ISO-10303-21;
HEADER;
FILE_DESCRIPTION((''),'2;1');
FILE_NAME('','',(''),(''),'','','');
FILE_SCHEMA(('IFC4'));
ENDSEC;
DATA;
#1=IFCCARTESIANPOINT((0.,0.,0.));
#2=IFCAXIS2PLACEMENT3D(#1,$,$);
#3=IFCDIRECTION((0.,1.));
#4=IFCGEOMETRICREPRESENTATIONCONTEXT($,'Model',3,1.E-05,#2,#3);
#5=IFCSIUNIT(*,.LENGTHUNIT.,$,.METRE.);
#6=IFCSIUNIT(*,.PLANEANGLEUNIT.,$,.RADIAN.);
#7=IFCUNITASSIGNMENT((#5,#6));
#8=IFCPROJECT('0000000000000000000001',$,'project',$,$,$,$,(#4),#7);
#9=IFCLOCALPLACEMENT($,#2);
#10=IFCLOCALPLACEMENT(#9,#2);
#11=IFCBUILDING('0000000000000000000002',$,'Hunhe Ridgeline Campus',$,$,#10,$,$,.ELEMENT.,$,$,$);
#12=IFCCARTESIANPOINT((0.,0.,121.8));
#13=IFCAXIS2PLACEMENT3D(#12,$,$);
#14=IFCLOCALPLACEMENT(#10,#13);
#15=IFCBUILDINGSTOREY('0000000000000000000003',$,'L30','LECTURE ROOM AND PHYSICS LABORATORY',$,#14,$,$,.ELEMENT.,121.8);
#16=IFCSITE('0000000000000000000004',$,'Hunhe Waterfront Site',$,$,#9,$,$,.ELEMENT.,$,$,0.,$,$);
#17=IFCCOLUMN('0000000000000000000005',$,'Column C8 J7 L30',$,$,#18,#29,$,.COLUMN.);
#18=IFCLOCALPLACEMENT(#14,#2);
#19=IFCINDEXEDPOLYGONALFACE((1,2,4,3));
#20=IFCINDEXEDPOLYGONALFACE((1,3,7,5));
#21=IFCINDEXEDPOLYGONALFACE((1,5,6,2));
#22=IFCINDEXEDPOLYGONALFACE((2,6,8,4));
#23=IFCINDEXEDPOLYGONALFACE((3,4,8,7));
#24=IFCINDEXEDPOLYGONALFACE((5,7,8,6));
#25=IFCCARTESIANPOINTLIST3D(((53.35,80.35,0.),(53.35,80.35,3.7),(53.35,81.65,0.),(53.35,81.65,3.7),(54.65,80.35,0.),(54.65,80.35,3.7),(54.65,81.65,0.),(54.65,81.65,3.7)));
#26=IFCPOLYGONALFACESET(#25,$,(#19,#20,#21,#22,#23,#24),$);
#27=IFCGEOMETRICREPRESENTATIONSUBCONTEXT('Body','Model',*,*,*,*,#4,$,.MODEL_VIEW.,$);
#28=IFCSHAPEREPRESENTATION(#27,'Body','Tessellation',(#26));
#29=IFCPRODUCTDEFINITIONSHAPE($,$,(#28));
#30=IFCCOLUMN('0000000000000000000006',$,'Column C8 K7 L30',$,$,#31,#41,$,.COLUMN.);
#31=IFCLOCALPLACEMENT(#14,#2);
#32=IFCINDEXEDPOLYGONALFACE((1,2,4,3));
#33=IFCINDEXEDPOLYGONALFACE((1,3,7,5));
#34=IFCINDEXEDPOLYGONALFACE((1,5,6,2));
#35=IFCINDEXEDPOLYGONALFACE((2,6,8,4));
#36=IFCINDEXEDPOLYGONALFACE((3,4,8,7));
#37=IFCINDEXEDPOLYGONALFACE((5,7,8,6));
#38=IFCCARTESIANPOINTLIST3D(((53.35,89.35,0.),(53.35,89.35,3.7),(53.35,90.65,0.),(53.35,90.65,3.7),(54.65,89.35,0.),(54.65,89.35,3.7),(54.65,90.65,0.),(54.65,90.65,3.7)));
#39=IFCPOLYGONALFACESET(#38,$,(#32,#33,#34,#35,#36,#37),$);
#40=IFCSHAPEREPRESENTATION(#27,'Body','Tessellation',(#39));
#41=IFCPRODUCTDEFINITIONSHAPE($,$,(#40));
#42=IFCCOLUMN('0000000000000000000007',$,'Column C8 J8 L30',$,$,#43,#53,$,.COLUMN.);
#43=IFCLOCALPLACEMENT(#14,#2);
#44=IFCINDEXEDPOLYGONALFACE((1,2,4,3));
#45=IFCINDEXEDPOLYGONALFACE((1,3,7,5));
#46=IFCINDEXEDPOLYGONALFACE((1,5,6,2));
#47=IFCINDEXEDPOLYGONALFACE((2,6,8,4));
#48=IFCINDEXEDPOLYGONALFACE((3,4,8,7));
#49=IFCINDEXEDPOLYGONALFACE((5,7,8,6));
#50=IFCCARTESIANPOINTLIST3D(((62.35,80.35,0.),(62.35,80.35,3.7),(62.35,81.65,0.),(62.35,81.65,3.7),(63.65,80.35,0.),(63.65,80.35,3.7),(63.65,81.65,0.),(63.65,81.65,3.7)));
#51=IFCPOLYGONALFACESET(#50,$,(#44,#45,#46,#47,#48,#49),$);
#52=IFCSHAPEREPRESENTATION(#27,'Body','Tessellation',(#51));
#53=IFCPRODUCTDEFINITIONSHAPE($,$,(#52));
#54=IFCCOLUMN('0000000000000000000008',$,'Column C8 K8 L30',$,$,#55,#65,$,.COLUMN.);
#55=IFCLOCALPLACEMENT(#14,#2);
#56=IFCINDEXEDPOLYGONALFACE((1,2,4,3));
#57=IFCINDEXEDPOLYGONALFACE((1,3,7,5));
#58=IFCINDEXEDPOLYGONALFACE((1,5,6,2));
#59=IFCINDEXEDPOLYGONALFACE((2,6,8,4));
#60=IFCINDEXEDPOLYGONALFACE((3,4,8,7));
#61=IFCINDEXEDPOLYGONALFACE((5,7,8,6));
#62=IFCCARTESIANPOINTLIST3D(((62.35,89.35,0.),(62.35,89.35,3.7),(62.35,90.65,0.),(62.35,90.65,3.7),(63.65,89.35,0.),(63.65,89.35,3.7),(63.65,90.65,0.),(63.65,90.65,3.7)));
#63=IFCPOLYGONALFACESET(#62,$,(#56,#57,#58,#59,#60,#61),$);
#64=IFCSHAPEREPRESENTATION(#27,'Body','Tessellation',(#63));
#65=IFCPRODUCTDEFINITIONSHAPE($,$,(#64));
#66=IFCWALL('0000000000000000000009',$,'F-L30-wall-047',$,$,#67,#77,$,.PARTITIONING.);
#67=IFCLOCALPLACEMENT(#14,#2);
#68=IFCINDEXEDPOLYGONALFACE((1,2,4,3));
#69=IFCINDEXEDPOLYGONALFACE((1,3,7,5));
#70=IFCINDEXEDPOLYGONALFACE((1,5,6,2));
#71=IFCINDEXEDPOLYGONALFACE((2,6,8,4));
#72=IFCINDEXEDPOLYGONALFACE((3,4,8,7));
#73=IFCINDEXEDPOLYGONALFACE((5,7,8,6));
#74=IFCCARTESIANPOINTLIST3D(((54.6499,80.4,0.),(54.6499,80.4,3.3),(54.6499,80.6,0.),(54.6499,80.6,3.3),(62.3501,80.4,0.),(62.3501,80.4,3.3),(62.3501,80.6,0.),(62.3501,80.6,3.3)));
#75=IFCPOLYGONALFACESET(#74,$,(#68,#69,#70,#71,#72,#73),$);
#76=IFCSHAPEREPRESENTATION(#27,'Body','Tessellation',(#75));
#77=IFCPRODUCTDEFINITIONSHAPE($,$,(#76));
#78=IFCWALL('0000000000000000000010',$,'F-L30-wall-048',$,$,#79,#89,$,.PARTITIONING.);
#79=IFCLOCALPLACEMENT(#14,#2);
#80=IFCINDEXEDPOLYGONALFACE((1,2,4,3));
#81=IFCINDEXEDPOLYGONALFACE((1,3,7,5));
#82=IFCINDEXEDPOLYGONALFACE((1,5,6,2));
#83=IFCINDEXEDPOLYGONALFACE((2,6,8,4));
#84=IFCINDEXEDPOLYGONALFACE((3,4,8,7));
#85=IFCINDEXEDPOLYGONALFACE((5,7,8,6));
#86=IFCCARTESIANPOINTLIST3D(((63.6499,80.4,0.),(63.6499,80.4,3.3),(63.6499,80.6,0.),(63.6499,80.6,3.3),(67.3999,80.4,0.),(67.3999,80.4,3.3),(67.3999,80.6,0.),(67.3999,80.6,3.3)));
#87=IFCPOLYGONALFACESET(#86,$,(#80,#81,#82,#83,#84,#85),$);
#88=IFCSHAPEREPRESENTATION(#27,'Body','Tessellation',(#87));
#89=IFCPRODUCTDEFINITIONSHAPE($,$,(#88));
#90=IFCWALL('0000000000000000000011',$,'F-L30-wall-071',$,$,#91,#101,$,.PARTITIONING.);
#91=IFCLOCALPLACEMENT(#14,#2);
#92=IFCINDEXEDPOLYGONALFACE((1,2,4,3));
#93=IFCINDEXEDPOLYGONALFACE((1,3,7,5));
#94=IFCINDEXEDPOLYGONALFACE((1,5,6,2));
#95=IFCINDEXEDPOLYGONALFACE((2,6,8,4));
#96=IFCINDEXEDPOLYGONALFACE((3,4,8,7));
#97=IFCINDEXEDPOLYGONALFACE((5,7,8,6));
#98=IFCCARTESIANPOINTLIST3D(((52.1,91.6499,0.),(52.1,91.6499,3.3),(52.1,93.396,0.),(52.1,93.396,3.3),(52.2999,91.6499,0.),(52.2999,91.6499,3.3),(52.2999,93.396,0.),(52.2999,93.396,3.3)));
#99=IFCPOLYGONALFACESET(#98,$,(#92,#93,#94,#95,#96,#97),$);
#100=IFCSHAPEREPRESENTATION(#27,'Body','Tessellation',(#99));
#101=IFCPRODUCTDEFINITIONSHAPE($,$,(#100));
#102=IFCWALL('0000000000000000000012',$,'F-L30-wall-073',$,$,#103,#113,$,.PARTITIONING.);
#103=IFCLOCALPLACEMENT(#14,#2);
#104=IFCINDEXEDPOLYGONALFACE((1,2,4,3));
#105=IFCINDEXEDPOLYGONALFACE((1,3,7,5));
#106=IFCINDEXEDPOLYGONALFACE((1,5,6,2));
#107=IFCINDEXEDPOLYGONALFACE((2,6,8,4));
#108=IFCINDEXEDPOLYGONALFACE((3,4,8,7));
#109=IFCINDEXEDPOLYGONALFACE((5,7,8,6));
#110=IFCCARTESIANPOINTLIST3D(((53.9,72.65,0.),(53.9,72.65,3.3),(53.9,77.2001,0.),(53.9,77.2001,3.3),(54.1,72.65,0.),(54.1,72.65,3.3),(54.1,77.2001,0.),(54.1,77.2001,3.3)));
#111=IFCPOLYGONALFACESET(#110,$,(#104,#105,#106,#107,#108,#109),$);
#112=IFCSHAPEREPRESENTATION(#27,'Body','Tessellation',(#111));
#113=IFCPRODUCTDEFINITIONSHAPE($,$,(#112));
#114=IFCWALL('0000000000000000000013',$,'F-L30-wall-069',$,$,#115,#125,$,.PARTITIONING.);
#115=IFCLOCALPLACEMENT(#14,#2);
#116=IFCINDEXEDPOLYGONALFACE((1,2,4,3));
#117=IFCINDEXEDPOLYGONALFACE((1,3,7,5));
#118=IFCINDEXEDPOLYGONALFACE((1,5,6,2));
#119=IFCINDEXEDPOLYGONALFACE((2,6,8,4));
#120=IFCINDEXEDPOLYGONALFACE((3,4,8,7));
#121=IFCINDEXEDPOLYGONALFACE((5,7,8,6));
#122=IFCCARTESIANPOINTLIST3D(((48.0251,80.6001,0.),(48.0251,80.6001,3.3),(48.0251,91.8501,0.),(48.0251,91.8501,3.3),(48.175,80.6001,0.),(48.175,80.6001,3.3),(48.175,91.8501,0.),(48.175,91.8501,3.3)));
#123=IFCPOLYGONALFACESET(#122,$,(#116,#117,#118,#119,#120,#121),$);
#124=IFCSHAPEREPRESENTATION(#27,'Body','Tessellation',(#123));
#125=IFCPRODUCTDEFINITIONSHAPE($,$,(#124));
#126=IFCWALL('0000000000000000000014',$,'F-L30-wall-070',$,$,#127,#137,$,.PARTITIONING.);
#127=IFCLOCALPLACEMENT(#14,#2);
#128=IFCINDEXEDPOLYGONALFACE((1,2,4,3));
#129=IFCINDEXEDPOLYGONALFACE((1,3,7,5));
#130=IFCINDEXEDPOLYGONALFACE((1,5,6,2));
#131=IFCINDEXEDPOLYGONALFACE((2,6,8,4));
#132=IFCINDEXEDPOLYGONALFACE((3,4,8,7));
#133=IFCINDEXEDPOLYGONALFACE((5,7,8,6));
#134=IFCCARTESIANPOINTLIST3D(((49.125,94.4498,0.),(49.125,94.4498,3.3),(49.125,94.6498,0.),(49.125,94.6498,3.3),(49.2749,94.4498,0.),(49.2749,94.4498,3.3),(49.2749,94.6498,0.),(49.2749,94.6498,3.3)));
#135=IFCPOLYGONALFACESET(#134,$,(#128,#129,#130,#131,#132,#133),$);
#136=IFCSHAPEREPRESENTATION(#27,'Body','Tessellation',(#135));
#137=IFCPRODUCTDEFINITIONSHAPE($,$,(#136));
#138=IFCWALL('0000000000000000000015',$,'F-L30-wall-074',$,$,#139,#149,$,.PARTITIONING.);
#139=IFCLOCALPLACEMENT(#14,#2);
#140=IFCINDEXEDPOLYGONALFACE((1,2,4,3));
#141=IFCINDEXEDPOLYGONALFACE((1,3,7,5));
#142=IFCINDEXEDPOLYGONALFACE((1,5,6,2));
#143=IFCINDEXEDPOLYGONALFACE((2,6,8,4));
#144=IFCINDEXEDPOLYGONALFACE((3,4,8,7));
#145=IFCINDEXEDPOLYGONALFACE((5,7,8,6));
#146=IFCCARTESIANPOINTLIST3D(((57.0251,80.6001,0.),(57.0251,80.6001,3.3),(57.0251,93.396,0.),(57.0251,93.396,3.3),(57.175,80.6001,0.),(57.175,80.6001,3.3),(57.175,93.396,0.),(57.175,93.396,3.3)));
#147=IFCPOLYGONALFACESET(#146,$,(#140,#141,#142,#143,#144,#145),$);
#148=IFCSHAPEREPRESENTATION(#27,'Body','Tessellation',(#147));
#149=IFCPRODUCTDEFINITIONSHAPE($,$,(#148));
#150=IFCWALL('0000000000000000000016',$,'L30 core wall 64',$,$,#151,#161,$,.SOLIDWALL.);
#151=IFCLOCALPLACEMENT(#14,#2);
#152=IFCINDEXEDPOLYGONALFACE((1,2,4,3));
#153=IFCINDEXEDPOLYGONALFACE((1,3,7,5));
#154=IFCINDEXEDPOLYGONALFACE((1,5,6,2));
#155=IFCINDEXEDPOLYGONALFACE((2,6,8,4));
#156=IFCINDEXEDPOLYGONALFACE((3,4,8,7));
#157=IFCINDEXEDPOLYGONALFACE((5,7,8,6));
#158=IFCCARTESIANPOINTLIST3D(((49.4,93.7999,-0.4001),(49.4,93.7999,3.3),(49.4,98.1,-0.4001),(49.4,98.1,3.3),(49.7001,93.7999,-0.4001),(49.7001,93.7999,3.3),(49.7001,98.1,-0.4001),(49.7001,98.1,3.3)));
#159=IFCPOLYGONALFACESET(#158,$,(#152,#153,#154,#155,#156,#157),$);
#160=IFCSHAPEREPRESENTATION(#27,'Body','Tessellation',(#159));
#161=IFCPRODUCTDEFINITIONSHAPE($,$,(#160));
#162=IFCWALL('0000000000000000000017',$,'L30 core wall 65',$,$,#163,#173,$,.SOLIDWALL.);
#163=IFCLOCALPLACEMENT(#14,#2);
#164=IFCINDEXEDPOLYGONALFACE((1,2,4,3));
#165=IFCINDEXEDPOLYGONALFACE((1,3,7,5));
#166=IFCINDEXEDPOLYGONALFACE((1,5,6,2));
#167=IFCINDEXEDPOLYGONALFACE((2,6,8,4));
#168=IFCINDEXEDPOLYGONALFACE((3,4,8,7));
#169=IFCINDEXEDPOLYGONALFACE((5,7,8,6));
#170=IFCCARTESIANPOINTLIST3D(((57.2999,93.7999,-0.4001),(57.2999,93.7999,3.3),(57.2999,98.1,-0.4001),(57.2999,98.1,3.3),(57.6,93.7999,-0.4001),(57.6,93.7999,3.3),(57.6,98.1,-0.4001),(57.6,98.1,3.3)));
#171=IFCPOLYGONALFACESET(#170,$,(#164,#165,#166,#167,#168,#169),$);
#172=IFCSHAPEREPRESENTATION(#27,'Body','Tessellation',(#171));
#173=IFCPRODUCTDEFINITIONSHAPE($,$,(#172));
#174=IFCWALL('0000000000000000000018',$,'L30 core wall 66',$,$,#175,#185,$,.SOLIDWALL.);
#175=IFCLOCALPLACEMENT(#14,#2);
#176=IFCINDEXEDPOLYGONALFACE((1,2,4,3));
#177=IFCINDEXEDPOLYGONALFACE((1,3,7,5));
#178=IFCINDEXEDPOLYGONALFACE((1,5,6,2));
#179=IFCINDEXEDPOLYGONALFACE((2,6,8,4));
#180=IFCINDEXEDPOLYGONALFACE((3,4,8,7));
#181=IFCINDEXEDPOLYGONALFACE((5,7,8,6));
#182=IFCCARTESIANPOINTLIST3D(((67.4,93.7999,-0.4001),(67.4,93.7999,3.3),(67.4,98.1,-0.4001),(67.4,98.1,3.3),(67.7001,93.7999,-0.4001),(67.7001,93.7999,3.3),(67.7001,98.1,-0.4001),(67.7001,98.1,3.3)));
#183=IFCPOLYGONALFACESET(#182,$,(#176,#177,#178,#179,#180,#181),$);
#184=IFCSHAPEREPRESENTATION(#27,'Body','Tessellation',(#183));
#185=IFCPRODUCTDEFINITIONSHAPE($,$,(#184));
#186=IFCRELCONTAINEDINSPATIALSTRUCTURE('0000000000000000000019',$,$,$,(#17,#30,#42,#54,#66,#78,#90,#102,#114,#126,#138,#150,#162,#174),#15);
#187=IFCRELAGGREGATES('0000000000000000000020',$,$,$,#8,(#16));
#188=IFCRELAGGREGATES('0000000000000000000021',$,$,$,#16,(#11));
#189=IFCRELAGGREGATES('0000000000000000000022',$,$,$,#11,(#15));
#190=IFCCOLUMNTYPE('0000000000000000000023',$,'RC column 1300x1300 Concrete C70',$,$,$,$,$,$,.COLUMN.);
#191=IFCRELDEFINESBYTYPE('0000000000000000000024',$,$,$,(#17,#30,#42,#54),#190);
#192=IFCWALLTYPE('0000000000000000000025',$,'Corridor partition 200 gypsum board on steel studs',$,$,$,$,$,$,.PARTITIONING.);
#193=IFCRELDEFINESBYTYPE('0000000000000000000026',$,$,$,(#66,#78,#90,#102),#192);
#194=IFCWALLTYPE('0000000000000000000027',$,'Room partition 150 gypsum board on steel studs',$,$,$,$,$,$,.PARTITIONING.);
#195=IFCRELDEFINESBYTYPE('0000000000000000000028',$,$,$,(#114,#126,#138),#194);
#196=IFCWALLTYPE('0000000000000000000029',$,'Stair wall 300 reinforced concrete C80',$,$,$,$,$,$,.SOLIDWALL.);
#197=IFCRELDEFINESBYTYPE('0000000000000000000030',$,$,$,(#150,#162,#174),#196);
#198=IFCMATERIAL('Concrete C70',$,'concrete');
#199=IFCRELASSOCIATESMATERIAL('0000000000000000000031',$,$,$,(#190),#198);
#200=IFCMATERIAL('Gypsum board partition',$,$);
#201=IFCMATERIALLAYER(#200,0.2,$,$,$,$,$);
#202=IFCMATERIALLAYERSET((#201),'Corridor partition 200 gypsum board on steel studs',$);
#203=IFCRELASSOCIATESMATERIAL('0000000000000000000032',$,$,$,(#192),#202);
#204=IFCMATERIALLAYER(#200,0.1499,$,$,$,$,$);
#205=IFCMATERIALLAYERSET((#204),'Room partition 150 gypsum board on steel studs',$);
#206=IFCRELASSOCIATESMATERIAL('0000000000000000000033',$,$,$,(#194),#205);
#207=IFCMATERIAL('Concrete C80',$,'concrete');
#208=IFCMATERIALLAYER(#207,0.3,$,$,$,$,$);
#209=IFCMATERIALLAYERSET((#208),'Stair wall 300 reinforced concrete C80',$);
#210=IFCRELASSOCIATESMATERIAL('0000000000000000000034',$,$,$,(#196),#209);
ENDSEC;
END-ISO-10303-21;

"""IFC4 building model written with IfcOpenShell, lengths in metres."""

from ifc_helpers import new_model, si_unit, direction, frame, frame_2d, origin, origin_2d, place, context, subcontext, project, spatial, rectangle, extrude, material, layer, layer_set, material_profile, profile_set, type_object, element, save


model = new_model("IFC4")

# Units and contexts
model_context = context("Model", 3, precision=1e-05, world=origin(), true_north=direction((0.0, 1.0)))
body_context = subcontext(model_context, "Body", "Model", "MODEL_VIEW")
ifc_project = project(units=[si_unit("LENGTHUNIT", "METRE"), si_unit("PLANEANGLEUNIT", "RADIAN")], contexts=[model_context])

# Site, building, storey
site_placement = place(None, origin())
site = spatial("IfcSite", under=ifc_project, at=site_placement, Name="Hunhe Waterfront Site", CompositionType="ELEMENT", RefElevation=0.0)
building_placement = place(site_placement, origin())
building = spatial("IfcBuilding", under=site, at=building_placement, Name="Hunhe Ridgeline Campus", CompositionType="ELEMENT")
storey_placement = place(building_placement, frame((0.0, 0.0, 121.8)))
storey = spatial("IfcBuildingStorey", under=building, at=storey_placement, Name="L30", Description="LECTURE ROOM AND PHYSICS LABORATORY", CompositionType="ELEMENT", Elevation=121.8)

# Columns
ifc_material_1 = material(Name="Concrete C70", Category="concrete")
ifc_material_profile = material_profile(ifc_material_1, rectangle(XDim=1.3, YDim=1.3, at=origin_2d()))
ifc_profile_set = profile_set([ifc_material_profile], Name="Concrete C70")
column_type = type_object("IfcColumnType", Name="RC column 1300x1300 Concrete C70", PredefinedType="COLUMN", material=ifc_profile_set)
for number, where, z_axis, x_axis, name in (
    (1, (54.0, 81.0, 0.0), (0.0, 0.0, 1.0), (1.0, 0.0, 0.0), "Column C8 J7 L30"),
    (2, (54.0, 90.0, 0.0), (0.0, 0.0, 1.0), (1.0, 0.0, 0.0), "Column C8 K7 L30"),
    (3, (63.0, 81.0, 0.0), (0.0, 0.0, 1.0), (1.0, 0.0, 0.0), "Column C8 J8 L30"),
    (4, (63.0, 90.0, 0.0), (0.0, 0.0, 1.0), (1.0, 0.0, 0.0), "Column C8 K8 L30"),
):
    element("IfcColumn", number, at=place(storey_placement, frame(where, z_axis=z_axis, x_axis=x_axis)), inside=storey, type_object=column_type, Name=name, PredefinedType="COLUMN", context=body_context, shape_type="SweptSolid", body=[
        extrude(rectangle(XDim=1.3, YDim=1.3, at=origin_2d()), origin(), (0.0, 0.0, 1.0), 3.7),
    ])

# Shared definitions
ifc_material_2 = material(Name="Gypsum board partition")
ifc_layer_1 = layer(ifc_material_2, 0.2)
ifc_layer_set_1 = layer_set([ifc_layer_1], Name="Corridor partition 200 gypsum board on steel studs")
wall_type_1 = type_object("IfcWallType", Name="Corridor partition 200 gypsum board on steel studs", PredefinedType="PARTITIONING", material=ifc_layer_set_1)

# Walls
wall_1_placement = place(storey_placement, frame((54.6499, 80.5, 0.0), z_axis=(0.0, 0.0, 1.0), x_axis=(1.0, 0.0, 0.0)))
element("IfcWall", 5, at=wall_1_placement, inside=storey, type_object=wall_type_1, Name="F-L30-wall-047", PredefinedType="PARTITIONING", context=body_context, shape_type="SweptSolid", body=[
    extrude(rectangle(XDim=7.7002, YDim=0.2, at=frame_2d((3.8501, 0.0))), origin(), (0.0, 0.0, 1.0), 3.3),
])
wall_2_placement = place(storey_placement, frame((63.6499, 80.5, 0.0), z_axis=(0.0, 0.0, 1.0), x_axis=(1.0, 0.0, 0.0)))
element("IfcWall", 6, at=wall_2_placement, inside=storey, type_object=wall_type_1, Name="F-L30-wall-048", PredefinedType="PARTITIONING", context=body_context, shape_type="SweptSolid", body=[
    extrude(rectangle(XDim=3.75, YDim=0.2, at=frame_2d((1.875, 0.0))), origin(), (0.0, 0.0, 1.0), 3.3),
])

# Walls
wall_3_placement = place(storey_placement, frame((52.2, 93.396, 0.0), z_axis=(0.0, 0.0, 1.0), x_axis=(0.0, -1.0, 0.0)))
element("IfcWall", 7, at=wall_3_placement, inside=storey, type_object=wall_type_1, Name="F-L30-wall-071", PredefinedType="PARTITIONING", context=body_context, shape_type="SweptSolid", body=[
    extrude(rectangle(XDim=1.7461, YDim=0.2, at=frame_2d((0.873, 0.0))), origin(), (0.0, 0.0, 1.0), 3.3),
])
wall_4_placement = place(storey_placement, frame((54.0, 77.2, 0.0), z_axis=(0.0, 0.0, 1.0), x_axis=(0.0, -1.0, 0.0)))
element("IfcWall", 8, at=wall_4_placement, inside=storey, type_object=wall_type_1, Name="F-L30-wall-073", PredefinedType="PARTITIONING", context=body_context, shape_type="SweptSolid", body=[
    extrude(rectangle(XDim=4.55, YDim=0.2, at=frame_2d((2.2749, 0.0))), origin(), (0.0, 0.0, 1.0), 3.3),
])

# Walls
ifc_layer_2 = layer(ifc_material_2, 0.1499)
ifc_layer_set_2 = layer_set([ifc_layer_2], Name="Room partition 150 gypsum board on steel studs")
wall_type_2 = type_object("IfcWallType", Name="Room partition 150 gypsum board on steel studs", PredefinedType="PARTITIONING", material=ifc_layer_set_2)
wall_5_placement = place(storey_placement, frame((48.1001, 91.8501, 0.0), z_axis=(0.0, 0.0, 1.0), x_axis=(0.0, -1.0, 0.0)))
element("IfcWall", 9, at=wall_5_placement, inside=storey, type_object=wall_type_2, Name="F-L30-wall-069", PredefinedType="PARTITIONING", context=body_context, shape_type="SweptSolid", body=[
    extrude(rectangle(XDim=11.25, YDim=0.1499, at=frame_2d((5.625, 0.0))), origin(), (0.0, 0.0, 1.0), 3.3),
])
wall_6_placement = place(storey_placement, frame((49.2, 94.6499, 0.0), z_axis=(0.0, 0.0, 1.0), x_axis=(0.0, -1.0, 0.0)))
element("IfcWall", 10, at=wall_6_placement, inside=storey, type_object=wall_type_2, Name="F-L30-wall-070", PredefinedType="PARTITIONING", context=body_context, shape_type="SweptSolid", body=[
    extrude(rectangle(XDim=0.2, YDim=0.1499, at=frame_2d((0.1001, 0.0))), origin(), (0.0, 0.0, 1.0), 3.3),
])
wall_7_placement = place(storey_placement, frame((57.1001, 93.396, 0.0), z_axis=(0.0, 0.0, 1.0), x_axis=(0.0, -1.0, 0.0)))
element("IfcWall", 11, at=wall_7_placement, inside=storey, type_object=wall_type_2, Name="F-L30-wall-074", PredefinedType="PARTITIONING", context=body_context, shape_type="SweptSolid", body=[
    extrude(rectangle(XDim=12.7959, YDim=0.1499, at=frame_2d((6.3979, 0.0))), origin(), (0.0, 0.0, 1.0), 3.3),
])

# Shared definitions
ifc_material_3 = material(Name="Concrete C80", Category="concrete")
ifc_layer_3 = layer(ifc_material_3, 0.3)
ifc_layer_set_3 = layer_set([ifc_layer_3], Name="Stair wall 300 reinforced concrete C80")
wall_type_3 = type_object("IfcWallType", Name="Stair wall 300 reinforced concrete C80", PredefinedType="SOLIDWALL", material=ifc_layer_set_3)

# Walls
for number, where, z_axis, x_axis, name in (
    (12, (49.55, 93.8, -0.4001), (0.0, 0.0, 1.0), (0.0, 1.0, 0.0), "L30 core wall 64"),
    (13, (57.45, 93.8, -0.4001), (0.0, 0.0, 1.0), (0.0, 1.0, 0.0), "L30 core wall 65"),
    (14, (67.55, 93.8, -0.4001), (0.0, 0.0, 1.0), (0.0, 1.0, 0.0), "L30 core wall 66"),
):
    element("IfcWall", number, at=place(storey_placement, frame(where, z_axis=z_axis, x_axis=x_axis)), inside=storey, type_object=wall_type_3, Name=name, PredefinedType="SOLIDWALL", context=body_context, shape_type="SweptSolid", body=[
        extrude(rectangle(XDim=4.3, YDim=0.3, at=frame_2d((2.1499, 0.0))), origin(), (0.0, 0.0, 1.0), 3.7002),
    ])

save(model, "model.ifc")
